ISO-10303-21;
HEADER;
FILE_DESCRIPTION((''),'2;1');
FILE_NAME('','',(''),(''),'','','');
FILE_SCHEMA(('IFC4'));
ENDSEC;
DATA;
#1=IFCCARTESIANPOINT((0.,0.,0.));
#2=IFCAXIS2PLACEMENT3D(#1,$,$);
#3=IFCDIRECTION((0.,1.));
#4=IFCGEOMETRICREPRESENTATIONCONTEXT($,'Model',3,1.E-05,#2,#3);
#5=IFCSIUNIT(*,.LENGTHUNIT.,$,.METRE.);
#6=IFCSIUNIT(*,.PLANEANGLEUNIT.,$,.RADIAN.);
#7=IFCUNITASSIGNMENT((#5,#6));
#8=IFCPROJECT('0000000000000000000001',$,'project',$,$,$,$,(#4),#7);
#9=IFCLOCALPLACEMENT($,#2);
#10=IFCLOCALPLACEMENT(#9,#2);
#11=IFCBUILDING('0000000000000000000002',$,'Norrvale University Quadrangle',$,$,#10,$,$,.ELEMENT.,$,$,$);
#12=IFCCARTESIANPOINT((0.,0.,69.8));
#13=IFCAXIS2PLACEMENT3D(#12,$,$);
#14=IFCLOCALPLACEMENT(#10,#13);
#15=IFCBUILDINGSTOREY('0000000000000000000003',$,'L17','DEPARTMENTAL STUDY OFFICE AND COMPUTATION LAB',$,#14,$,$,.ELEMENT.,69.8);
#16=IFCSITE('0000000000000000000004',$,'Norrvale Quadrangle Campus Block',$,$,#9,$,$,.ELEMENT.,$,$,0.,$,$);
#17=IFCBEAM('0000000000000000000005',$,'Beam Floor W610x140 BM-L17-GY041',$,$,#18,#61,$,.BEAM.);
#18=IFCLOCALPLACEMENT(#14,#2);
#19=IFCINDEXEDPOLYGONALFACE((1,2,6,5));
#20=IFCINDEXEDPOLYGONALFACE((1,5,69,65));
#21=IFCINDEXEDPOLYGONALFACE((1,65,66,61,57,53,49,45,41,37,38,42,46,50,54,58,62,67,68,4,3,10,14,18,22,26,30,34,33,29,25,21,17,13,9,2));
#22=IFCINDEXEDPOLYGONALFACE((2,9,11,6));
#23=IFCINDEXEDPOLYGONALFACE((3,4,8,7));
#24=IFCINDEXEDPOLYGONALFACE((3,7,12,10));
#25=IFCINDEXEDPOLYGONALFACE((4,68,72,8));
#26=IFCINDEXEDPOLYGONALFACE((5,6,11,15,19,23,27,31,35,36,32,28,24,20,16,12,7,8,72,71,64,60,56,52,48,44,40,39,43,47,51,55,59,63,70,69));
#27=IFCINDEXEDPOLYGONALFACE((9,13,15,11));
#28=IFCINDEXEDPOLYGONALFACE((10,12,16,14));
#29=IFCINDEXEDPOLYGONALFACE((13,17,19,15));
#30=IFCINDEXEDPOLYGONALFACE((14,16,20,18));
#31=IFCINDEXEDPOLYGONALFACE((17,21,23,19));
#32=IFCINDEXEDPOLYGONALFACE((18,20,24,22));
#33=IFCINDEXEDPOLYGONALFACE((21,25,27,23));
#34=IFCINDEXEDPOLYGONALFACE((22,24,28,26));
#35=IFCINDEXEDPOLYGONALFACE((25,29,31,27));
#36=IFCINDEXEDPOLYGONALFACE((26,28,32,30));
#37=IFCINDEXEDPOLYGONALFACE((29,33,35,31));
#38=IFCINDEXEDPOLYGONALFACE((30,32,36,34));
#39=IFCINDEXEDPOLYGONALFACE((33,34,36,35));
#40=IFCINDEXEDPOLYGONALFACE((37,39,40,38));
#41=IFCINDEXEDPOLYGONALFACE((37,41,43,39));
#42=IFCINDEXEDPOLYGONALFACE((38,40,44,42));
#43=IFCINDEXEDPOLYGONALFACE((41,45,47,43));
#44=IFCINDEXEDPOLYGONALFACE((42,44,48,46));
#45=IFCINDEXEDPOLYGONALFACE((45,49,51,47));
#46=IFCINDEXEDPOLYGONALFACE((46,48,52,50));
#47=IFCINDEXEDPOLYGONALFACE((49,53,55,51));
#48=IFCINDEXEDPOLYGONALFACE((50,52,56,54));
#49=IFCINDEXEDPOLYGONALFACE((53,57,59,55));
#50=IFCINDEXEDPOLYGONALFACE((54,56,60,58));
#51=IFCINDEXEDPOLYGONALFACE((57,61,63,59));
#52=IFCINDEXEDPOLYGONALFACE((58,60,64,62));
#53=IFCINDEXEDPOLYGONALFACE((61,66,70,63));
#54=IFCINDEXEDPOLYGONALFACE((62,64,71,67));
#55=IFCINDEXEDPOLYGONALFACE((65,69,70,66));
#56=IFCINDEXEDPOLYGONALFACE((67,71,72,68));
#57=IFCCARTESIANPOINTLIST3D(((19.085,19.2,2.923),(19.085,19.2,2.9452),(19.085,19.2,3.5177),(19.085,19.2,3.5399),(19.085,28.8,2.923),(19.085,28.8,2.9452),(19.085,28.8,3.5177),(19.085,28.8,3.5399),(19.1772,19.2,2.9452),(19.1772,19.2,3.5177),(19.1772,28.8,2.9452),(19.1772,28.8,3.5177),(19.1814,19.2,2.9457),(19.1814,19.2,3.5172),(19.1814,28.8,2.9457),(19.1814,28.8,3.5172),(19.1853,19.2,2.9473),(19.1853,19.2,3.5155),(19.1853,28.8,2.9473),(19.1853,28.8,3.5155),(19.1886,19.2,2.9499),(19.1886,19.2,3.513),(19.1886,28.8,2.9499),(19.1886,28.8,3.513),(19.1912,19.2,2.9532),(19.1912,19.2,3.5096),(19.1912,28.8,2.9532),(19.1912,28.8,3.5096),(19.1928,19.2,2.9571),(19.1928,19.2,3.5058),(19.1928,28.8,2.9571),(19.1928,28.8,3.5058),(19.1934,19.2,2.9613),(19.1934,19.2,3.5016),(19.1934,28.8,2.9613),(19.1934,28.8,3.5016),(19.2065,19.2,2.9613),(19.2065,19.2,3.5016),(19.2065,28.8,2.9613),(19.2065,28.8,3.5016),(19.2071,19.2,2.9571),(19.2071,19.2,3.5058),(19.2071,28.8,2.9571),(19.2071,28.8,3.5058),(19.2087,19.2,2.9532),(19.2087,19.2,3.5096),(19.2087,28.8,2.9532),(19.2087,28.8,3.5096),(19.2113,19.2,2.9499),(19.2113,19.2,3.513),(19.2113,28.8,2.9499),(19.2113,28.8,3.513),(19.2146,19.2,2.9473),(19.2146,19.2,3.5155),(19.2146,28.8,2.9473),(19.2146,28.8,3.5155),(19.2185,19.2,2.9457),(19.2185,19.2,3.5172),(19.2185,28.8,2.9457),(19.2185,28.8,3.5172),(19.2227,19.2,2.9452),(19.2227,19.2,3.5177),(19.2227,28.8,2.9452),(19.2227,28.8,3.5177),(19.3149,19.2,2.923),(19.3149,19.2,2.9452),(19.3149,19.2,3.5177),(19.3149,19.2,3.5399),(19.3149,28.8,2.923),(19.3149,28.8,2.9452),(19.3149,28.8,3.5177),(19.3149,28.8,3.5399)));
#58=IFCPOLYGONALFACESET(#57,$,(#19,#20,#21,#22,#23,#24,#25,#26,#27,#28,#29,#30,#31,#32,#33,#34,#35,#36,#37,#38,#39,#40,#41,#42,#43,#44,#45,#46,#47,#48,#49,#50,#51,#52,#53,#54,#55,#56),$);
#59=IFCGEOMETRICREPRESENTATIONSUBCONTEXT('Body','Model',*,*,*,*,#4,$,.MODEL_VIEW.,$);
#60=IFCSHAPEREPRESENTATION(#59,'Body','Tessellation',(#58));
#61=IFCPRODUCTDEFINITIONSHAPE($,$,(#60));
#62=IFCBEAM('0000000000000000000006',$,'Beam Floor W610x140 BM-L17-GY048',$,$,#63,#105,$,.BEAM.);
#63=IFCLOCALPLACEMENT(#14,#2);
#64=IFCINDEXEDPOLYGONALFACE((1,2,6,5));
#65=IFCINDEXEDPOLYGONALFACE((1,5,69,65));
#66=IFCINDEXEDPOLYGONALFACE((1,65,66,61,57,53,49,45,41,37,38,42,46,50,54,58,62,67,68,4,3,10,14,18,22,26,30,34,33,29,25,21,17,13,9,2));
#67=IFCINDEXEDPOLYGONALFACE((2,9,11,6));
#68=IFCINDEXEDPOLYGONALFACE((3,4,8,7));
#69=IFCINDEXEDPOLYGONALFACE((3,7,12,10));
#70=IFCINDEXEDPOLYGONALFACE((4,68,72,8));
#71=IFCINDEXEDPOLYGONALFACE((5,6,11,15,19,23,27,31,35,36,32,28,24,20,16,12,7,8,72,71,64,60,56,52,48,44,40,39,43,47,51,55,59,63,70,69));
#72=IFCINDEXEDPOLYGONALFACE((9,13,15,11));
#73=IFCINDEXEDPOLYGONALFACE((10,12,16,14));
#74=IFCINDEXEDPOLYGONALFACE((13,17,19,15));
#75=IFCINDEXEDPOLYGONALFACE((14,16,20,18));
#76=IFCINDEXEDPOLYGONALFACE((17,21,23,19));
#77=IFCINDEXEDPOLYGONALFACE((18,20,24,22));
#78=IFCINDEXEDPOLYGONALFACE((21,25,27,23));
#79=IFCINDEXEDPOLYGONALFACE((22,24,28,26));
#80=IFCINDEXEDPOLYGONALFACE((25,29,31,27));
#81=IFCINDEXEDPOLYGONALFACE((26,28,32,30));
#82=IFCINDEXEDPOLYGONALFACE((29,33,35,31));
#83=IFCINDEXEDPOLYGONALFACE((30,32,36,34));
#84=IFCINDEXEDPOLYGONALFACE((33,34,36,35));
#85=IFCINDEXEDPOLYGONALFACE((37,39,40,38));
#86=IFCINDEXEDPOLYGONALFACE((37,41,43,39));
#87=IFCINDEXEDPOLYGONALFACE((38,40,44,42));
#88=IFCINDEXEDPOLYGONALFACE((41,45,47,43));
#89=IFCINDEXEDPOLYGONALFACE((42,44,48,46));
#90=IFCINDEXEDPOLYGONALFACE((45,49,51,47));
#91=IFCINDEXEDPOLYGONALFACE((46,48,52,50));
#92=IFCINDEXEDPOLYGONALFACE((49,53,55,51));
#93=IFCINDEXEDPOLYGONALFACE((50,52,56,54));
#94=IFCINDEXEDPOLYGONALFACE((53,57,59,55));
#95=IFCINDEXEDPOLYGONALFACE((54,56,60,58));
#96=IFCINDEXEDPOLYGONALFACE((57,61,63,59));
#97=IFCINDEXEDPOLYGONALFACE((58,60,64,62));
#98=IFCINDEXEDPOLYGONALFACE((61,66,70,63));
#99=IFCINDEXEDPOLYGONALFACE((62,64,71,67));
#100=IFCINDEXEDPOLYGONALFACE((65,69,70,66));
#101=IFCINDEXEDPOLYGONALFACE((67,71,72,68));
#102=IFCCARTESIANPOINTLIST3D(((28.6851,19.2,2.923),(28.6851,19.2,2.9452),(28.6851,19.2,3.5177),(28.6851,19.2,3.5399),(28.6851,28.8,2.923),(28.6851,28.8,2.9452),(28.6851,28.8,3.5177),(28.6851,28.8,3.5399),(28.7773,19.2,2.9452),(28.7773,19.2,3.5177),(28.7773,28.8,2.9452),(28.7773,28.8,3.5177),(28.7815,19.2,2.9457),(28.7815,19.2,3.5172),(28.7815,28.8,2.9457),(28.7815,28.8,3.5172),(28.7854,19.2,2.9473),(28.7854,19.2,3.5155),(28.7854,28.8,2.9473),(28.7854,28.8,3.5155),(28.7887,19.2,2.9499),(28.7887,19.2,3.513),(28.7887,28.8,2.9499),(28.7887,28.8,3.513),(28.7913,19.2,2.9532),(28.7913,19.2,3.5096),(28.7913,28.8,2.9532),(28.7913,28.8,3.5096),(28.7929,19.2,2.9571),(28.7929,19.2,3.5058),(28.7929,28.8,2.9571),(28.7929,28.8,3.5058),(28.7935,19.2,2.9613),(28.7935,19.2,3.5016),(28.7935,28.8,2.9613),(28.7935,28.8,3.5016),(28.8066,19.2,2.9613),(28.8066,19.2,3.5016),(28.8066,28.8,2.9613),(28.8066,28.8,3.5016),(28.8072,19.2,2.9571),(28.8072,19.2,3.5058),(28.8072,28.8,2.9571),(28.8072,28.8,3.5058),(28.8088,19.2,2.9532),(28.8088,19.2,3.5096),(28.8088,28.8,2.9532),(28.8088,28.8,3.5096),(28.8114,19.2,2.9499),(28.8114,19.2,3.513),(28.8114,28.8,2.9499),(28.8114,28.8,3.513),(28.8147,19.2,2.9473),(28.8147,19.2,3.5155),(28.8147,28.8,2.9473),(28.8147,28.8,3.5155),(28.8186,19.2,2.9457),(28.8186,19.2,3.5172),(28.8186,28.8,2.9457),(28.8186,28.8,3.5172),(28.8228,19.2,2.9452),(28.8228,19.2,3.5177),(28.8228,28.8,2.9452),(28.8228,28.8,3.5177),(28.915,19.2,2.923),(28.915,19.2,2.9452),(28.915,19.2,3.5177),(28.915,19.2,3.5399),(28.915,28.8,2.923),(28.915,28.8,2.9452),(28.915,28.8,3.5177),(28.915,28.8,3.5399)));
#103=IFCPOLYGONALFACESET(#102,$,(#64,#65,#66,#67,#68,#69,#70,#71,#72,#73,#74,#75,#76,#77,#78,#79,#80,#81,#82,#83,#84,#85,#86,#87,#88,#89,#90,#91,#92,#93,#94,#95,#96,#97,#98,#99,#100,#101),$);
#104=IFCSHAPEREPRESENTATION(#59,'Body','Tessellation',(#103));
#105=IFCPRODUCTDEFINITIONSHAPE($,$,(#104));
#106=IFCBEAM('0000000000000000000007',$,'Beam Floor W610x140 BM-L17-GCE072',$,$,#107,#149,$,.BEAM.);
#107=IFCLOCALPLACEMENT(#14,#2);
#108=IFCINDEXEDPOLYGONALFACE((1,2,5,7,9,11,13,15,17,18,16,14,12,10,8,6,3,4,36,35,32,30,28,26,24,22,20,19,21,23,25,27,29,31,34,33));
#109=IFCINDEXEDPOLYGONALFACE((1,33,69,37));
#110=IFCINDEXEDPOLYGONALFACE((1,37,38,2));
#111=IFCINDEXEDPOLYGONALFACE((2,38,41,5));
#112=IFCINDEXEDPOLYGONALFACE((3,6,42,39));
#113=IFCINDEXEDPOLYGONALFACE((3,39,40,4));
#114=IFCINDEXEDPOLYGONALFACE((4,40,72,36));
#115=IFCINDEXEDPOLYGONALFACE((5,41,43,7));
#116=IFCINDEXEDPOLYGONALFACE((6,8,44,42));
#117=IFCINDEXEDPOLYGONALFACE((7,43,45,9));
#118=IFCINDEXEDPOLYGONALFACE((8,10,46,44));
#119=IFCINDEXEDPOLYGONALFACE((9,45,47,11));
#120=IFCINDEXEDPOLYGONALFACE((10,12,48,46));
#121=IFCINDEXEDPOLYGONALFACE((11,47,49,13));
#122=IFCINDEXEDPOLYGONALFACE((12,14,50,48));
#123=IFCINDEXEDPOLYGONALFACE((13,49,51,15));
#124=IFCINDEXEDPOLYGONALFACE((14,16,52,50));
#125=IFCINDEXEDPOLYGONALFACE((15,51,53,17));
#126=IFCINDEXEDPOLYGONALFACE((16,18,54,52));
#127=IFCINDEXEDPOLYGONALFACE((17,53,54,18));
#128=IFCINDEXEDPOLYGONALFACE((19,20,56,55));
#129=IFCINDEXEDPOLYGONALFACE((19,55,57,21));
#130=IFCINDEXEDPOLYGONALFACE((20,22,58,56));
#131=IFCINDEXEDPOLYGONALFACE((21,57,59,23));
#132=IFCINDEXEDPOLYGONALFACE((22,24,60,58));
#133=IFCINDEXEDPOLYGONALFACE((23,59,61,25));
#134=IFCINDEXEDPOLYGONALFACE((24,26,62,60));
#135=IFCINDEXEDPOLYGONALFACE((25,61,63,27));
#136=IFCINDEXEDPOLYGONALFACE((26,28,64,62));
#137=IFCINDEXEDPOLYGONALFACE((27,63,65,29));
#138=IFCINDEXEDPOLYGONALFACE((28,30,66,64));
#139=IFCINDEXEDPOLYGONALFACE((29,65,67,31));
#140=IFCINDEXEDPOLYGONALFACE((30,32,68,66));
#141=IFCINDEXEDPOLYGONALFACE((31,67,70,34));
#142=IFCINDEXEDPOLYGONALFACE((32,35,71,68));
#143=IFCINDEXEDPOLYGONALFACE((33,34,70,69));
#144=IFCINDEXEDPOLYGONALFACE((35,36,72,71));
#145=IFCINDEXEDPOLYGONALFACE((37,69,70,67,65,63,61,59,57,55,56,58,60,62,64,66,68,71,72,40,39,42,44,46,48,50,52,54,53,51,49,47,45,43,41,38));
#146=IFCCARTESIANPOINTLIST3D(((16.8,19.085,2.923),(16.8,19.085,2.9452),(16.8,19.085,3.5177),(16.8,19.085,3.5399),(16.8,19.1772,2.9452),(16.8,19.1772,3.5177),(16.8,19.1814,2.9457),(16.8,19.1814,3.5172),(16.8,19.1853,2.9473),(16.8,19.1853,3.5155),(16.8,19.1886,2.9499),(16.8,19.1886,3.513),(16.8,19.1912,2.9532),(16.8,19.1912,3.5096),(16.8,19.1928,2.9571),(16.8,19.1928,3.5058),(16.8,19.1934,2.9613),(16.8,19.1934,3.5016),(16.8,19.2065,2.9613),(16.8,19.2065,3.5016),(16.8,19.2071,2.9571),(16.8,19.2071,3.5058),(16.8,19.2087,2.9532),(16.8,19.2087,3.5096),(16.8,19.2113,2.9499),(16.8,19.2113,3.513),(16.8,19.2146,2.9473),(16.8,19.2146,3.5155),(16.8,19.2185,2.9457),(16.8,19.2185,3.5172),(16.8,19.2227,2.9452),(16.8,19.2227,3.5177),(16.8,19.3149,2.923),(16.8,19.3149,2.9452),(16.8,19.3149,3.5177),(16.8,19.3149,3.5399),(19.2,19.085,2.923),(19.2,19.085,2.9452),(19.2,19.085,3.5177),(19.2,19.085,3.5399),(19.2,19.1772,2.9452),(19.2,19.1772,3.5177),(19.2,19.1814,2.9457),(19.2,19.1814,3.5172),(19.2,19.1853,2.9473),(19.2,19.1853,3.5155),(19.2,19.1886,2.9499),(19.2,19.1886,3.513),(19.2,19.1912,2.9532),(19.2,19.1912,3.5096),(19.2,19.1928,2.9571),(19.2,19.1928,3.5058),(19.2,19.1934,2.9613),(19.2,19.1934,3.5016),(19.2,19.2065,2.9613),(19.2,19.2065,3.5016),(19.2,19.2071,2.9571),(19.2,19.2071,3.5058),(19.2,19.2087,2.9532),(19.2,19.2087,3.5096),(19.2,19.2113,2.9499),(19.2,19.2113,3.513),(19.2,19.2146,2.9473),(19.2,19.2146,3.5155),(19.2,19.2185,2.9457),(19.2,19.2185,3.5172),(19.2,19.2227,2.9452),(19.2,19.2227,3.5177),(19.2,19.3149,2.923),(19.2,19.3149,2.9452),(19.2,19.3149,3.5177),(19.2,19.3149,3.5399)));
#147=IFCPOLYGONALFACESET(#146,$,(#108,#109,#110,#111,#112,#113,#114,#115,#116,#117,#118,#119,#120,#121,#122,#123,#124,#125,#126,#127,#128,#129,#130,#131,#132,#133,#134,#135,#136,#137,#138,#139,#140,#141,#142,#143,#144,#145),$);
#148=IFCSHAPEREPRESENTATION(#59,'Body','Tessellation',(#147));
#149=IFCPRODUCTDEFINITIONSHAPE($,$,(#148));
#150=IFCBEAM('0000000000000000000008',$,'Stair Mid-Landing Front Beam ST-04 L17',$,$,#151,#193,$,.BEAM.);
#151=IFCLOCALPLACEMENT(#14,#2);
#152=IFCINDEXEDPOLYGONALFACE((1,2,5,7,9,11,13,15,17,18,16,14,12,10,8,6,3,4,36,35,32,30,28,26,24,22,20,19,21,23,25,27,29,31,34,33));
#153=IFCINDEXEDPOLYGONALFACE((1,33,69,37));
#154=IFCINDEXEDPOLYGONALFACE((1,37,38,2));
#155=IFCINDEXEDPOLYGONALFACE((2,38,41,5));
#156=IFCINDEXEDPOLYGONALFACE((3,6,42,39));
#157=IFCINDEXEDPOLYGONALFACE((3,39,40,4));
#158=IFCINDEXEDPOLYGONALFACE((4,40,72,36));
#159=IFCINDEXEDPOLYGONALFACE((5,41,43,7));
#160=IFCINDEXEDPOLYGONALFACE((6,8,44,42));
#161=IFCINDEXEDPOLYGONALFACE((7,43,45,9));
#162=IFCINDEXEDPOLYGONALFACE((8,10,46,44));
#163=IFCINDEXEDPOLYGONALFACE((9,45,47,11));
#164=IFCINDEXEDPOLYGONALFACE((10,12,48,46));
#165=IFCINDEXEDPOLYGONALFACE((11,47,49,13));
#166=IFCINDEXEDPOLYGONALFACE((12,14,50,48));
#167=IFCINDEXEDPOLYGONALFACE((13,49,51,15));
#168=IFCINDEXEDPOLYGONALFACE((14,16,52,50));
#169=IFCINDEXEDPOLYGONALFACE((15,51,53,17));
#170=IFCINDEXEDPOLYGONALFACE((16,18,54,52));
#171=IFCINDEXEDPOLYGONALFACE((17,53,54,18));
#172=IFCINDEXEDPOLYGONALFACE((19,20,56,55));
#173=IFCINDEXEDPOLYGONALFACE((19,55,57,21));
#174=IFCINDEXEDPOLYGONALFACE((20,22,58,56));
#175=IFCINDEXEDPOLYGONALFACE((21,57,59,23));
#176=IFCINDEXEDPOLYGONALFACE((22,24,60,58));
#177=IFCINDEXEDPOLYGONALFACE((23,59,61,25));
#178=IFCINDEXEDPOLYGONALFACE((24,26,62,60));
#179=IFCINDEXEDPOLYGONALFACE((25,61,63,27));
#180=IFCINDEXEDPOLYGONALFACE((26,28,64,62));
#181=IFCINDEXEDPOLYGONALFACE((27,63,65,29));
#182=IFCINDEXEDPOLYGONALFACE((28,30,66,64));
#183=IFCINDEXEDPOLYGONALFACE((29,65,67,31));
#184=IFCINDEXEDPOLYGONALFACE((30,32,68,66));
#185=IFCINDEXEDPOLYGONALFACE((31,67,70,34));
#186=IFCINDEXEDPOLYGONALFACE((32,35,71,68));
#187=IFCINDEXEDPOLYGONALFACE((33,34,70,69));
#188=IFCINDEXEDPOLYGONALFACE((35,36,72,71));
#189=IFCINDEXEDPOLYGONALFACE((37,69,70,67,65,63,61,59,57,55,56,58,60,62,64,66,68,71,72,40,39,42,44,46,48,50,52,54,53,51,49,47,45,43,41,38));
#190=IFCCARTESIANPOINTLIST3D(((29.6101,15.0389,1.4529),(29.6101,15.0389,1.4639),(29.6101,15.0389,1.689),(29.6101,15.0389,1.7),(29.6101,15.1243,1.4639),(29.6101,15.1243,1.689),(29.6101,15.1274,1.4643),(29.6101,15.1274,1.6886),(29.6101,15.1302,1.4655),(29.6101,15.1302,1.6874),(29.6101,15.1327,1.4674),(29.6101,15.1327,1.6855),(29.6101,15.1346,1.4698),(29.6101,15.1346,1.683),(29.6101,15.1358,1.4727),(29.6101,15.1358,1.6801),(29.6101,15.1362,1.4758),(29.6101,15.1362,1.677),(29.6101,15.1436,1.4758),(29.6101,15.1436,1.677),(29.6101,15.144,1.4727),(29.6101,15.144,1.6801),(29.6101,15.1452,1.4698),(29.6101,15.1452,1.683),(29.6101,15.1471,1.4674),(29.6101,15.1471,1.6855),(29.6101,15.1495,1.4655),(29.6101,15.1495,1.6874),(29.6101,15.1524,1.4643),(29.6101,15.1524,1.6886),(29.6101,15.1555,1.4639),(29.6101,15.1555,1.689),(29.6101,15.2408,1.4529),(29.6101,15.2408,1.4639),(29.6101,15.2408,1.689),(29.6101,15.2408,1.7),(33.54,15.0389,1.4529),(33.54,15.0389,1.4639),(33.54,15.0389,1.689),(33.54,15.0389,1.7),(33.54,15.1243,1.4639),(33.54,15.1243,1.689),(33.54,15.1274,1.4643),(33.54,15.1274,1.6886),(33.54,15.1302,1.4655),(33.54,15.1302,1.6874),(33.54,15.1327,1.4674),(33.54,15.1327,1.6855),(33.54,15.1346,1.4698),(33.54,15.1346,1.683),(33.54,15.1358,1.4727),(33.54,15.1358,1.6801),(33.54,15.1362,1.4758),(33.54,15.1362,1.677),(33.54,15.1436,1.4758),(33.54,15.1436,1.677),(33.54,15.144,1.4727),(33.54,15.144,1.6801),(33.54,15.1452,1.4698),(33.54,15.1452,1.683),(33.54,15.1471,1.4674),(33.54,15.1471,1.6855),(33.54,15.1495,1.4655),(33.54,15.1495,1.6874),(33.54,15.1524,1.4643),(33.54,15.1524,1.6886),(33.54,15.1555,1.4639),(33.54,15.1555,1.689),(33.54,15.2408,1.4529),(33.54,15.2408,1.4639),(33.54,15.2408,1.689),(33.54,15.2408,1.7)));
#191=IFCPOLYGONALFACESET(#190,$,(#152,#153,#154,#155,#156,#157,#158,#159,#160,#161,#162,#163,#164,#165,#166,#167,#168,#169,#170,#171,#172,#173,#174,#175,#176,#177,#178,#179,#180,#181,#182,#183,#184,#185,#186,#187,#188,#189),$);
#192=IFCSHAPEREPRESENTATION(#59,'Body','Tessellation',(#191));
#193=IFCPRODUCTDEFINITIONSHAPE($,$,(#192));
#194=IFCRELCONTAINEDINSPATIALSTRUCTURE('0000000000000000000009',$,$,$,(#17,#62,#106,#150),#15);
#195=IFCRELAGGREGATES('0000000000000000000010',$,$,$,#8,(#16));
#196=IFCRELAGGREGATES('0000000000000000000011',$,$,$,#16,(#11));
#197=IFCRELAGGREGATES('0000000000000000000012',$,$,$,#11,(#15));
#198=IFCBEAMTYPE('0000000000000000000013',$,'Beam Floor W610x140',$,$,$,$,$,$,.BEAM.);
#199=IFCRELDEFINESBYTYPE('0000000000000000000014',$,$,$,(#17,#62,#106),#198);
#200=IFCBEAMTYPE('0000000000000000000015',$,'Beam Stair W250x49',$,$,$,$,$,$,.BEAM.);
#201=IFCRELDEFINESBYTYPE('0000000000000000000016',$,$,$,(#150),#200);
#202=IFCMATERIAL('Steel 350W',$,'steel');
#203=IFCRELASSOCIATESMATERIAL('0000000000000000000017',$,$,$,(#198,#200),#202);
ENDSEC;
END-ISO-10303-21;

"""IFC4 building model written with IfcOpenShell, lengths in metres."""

from ifc_helpers import new_model, si_unit, direction, frame, origin, origin_2d, place, context, subcontext, project, spatial, i_section, extrude, material, material_profile, profile_set, type_object, element, save


model = new_model("IFC4")

# Units and contexts
model_context = context("Model", 3, precision=1e-05, world=origin(), true_north=direction((0.0, 1.0)))
body_context = subcontext(model_context, "Body", "Model", "MODEL_VIEW")
ifc_project = project(units=[si_unit("LENGTHUNIT", "METRE"), si_unit("PLANEANGLEUNIT", "RADIAN")], contexts=[model_context])

# Site, building, storey
site_placement = place(None, origin())
site = spatial("IfcSite", under=ifc_project, at=site_placement, Name="Norrvale Quadrangle Campus Block", CompositionType="ELEMENT", RefElevation=0.0)
building_placement = place(site_placement, origin())
building = spatial("IfcBuilding", under=site, at=building_placement, Name="Norrvale University Quadrangle", CompositionType="ELEMENT")
storey_placement = place(building_placement, frame((0.0, 0.0, 69.8)))
storey = spatial("IfcBuildingStorey", under=building, at=storey_placement, Name="L17", Description="DEPARTMENTAL STUDY OFFICE AND COMPUTATION LAB", CompositionType="ELEMENT", Elevation=69.8)

# Beams
ifc_material_1 = material(Name="Steel 350W", Category="steel")
ifc_material_profile_1 = material_profile(ifc_material_1, i_section(OverallWidth=0.23, OverallDepth=0.6169, WebThickness=0.0132, FlangeThickness=0.0222, FilletRadius=0.0161, at=origin_2d()), Name="Steel 350W")
ifc_profile_set_1 = profile_set([ifc_material_profile_1], Name="Steel 350W")
beam_type_1 = type_object("IfcBeamType", Name="Beam Floor W610x140", PredefinedType="BEAM", material=ifc_profile_set_1)
for number, where, z_axis, x_axis, name in (
    (1, (19.2, 19.2, 3.2314), (0.0, 1.0, 0.0), (-1.0, 0.0, 0.0), "Beam Floor W610x140 BM-L17-GY041"),
    (2, (28.8, 19.2, 3.2314), (0.0, 1.0, 0.0), (-1.0, 0.0, 0.0), "Beam Floor W610x140 BM-L17-GY048"),
):
    element("IfcBeam", number, at=place(storey_placement, frame(where, z_axis=z_axis, x_axis=x_axis)), inside=storey, type_object=beam_type_1, Name=name, PredefinedType="BEAM", context=body_context, shape_type="SweptSolid", body=[
        extrude(i_section(OverallWidth=0.23, OverallDepth=0.6169, WebThickness=0.0132, FlangeThickness=0.0222, FilletRadius=0.0161, at=origin_2d()), origin(), (0.0, 0.0, 1.0), 9.6001),
    ])
beam_1_placement = place(storey_placement, frame((16.8, 19.2, 3.2314), z_axis=(1.0, 0.0, 0.0), x_axis=(0.0, 1.0, 0.0)))
element("IfcBeam", 3, at=beam_1_placement, inside=storey, type_object=beam_type_1, Name="Beam Floor W610x140 BM-L17-GCE072", PredefinedType="BEAM", context=body_context, shape_type="SweptSolid", body=[
    extrude(i_section(OverallWidth=0.23, OverallDepth=0.6169, WebThickness=0.0132, FlangeThickness=0.0222, FilletRadius=0.0161, at=origin_2d()), origin(), (0.0, 0.0, 1.0), 2.3999),
])
ifc_material_profile_2 = material_profile(ifc_material_1, i_section(OverallWidth=0.2019, OverallDepth=0.2471, WebThickness=0.0073, FlangeThickness=0.011, FilletRadius=0.012, at=origin_2d()), Name="Steel 350W")
ifc_profile_set_2 = profile_set([ifc_material_profile_2], Name="Steel 350W")
beam_type_2 = type_object("IfcBeamType", Name="Beam Stair W250x49", PredefinedType="BEAM", material=ifc_profile_set_2)
for number, where, z_axis, x_axis, name in (
    (4, (29.6101, 15.1399, 1.5764), (1.0, 0.0, 0.0), (0.0, 1.0, 0.0), "Stair Mid-Landing Front Beam ST-04 L17"),
):
    element("IfcBeam", number, at=place(storey_placement, frame(where, z_axis=z_axis, x_axis=x_axis)), inside=storey, type_object=beam_type_2, Name=name, PredefinedType="BEAM", context=body_context, shape_type="SweptSolid", body=[
        extrude(i_section(OverallWidth=0.2019, OverallDepth=0.2471, WebThickness=0.0073, FlangeThickness=0.011, FilletRadius=0.012, at=origin_2d()), origin(), (0.0, 0.0, 1.0), 3.9299),
    ])

save(model, "model.ifc")
